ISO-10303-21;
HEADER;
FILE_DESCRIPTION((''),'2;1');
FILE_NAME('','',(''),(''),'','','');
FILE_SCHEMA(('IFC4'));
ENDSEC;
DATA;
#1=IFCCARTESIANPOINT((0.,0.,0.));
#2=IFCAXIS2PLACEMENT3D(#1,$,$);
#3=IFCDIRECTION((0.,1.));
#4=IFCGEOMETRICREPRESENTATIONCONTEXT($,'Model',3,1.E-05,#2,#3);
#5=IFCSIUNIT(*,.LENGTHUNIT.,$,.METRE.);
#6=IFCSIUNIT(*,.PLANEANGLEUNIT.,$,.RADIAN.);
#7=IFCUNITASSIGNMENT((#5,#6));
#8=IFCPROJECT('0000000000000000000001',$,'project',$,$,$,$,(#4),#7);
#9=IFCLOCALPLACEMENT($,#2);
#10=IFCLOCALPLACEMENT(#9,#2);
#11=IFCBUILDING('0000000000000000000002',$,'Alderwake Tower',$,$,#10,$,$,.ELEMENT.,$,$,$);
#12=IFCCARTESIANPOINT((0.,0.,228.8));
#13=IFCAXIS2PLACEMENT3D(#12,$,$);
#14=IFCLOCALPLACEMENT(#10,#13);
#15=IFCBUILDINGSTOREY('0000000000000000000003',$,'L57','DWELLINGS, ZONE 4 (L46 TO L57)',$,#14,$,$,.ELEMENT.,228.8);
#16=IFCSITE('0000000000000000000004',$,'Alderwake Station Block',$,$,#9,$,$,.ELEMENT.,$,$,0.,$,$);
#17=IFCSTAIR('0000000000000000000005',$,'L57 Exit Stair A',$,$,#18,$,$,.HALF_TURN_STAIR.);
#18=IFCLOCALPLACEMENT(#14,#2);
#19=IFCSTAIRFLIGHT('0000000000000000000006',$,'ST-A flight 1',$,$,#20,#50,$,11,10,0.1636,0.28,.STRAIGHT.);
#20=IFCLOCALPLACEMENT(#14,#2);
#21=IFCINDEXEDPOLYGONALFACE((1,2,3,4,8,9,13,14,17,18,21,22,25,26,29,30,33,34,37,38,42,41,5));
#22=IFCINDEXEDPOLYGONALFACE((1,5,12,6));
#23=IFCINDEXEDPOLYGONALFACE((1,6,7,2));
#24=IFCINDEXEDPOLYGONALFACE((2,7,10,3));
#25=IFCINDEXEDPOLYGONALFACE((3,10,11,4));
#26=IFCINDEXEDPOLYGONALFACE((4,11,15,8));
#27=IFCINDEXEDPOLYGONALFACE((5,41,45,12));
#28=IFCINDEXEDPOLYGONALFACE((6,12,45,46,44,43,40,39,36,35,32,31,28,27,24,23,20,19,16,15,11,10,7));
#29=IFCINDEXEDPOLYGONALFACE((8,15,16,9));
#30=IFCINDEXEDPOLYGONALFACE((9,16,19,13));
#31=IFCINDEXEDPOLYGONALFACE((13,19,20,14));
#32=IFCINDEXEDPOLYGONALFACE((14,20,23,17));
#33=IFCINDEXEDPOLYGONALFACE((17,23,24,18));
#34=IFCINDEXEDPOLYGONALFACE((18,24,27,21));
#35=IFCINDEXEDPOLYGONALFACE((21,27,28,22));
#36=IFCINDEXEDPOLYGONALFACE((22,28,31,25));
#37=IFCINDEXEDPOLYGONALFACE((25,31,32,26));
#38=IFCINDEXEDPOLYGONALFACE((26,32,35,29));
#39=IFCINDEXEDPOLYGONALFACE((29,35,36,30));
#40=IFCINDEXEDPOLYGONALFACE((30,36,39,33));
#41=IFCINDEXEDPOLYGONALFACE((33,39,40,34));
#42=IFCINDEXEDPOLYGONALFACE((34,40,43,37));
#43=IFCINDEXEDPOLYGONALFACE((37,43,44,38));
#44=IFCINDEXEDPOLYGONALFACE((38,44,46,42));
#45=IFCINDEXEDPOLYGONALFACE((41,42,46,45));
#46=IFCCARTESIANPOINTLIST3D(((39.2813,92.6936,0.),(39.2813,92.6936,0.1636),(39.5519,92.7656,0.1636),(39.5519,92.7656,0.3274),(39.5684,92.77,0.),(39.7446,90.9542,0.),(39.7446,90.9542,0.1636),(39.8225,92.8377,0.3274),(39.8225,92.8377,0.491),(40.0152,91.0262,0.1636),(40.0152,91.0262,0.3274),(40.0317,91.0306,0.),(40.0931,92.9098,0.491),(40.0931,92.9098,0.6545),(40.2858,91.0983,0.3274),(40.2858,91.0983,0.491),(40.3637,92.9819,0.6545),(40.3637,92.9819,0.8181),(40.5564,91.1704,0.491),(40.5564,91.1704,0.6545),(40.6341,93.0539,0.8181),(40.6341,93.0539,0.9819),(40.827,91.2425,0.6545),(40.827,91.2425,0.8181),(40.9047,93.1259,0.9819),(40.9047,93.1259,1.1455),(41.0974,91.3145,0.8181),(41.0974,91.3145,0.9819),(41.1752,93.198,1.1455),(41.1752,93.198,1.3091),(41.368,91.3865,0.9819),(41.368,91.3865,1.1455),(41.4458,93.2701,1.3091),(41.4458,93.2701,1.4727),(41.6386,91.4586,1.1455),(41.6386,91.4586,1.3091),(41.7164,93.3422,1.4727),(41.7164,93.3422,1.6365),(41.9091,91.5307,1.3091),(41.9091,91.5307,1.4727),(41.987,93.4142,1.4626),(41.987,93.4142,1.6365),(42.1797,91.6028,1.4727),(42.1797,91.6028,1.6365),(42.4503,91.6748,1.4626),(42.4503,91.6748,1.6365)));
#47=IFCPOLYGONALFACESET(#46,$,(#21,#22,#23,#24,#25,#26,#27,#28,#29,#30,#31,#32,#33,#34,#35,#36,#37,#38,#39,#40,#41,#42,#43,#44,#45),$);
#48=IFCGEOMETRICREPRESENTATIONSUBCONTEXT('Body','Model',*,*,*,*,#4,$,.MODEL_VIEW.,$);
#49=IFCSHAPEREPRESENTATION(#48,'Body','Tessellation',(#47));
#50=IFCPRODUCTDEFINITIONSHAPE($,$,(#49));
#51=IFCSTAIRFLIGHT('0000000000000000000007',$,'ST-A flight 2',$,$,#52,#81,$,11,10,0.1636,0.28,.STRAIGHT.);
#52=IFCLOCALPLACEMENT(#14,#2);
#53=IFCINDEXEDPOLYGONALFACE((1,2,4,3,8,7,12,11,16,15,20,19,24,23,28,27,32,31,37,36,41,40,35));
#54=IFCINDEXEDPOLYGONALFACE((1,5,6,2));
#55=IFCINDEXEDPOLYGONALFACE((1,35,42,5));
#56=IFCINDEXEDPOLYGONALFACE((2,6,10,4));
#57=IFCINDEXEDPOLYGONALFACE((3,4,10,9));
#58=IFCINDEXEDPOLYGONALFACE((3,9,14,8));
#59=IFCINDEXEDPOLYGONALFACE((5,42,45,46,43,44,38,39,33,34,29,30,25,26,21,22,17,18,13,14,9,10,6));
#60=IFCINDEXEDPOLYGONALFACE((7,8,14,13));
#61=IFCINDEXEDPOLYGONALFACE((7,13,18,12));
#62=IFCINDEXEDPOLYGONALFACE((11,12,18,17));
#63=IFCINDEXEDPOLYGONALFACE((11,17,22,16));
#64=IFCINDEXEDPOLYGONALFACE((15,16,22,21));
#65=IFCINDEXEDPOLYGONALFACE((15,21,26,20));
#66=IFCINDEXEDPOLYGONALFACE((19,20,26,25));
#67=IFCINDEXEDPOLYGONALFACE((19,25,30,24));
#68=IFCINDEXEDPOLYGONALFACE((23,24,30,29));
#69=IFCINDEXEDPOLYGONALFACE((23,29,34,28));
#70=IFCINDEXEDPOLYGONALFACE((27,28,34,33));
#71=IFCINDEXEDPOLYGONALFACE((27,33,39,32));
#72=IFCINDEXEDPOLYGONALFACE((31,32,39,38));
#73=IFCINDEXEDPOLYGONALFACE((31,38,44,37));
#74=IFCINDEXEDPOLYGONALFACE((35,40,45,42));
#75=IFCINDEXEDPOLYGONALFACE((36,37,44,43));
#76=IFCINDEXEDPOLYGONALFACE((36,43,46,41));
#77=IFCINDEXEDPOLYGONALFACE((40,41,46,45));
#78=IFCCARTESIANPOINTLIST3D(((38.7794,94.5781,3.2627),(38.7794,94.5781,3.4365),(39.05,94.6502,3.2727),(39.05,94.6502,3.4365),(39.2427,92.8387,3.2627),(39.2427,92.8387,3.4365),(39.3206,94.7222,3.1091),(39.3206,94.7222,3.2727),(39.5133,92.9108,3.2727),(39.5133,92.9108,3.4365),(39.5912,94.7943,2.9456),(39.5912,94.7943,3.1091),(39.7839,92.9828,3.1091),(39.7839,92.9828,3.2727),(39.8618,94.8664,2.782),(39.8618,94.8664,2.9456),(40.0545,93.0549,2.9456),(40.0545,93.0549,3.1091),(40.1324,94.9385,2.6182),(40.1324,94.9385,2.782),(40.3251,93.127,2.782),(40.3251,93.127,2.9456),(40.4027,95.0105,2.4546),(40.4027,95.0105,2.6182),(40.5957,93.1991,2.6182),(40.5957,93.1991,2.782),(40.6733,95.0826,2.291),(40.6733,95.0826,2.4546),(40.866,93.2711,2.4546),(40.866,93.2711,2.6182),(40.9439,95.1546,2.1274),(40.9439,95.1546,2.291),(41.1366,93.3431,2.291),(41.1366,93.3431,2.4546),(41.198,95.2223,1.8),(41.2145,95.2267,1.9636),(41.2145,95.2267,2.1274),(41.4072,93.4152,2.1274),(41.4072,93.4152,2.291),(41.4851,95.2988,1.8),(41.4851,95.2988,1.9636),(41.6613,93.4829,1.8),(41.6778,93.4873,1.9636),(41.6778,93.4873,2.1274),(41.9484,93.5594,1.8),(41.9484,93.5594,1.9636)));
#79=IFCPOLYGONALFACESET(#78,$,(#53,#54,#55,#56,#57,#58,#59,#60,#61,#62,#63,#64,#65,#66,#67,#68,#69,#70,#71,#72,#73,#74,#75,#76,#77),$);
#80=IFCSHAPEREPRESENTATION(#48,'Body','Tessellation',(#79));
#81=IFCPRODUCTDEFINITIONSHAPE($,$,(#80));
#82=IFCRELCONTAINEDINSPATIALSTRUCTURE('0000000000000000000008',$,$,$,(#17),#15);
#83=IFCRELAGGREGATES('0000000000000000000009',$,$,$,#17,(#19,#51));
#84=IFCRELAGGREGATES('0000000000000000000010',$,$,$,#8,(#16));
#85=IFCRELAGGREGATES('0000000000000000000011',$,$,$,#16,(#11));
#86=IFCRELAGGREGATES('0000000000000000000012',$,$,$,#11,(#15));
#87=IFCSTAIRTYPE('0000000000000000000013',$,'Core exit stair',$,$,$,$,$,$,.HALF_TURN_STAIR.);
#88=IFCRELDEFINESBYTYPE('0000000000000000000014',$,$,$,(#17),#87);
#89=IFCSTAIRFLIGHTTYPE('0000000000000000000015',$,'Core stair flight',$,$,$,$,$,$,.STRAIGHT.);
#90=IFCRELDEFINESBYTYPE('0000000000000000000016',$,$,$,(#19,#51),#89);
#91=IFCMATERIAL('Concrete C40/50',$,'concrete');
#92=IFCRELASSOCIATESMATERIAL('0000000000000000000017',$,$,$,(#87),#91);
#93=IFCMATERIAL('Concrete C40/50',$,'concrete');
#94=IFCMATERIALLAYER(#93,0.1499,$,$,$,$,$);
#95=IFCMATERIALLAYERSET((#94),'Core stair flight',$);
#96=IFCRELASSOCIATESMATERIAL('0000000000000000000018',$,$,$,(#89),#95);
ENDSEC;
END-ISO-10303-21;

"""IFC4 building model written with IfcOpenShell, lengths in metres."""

from ifc_helpers import new_model, si_unit, direction, frame, origin, place, context, subcontext, project, spatial, polyline, outline, extrude, material, layer, layer_set, type_object, element, aggregate, save


model = new_model("IFC4")

# Units and contexts
model_context = context("Model", 3, precision=1e-05, world=origin(), true_north=direction((0.0, 1.0)))
body_context = subcontext(model_context, "Body", "Model", "MODEL_VIEW")
ifc_project = project(units=[si_unit("LENGTHUNIT", "METRE"), si_unit("PLANEANGLEUNIT", "RADIAN")], contexts=[model_context])

# Site, building, storey
site_placement = place(None, origin())
site = spatial("IfcSite", under=ifc_project, at=site_placement, Name="Alderwake Station Block", CompositionType="ELEMENT", RefElevation=0.0)
building_placement = place(site_placement, origin())
building = spatial("IfcBuilding", under=site, at=building_placement, Name="Alderwake Tower", CompositionType="ELEMENT")
storey_placement = place(building_placement, frame((0.0, 0.0, 228.8)))
storey = spatial("IfcBuildingStorey", under=building, at=storey_placement, Name="L57", Description="DWELLINGS, ZONE 4 (L46 TO L57)", CompositionType="ELEMENT", Elevation=228.8)

# Stair, stair flights
ifc_material_1 = material(Name="Concrete C40/50", Category="concrete")
stair_type = type_object("IfcStairType", Name="Core exit stair", PredefinedType="HALF_TURN_STAIR", material=ifc_material_1)
stair_placement = place(storey_placement, origin())
stair = element("IfcStair", 1, at=stair_placement, inside=storey, type_object=stair_type, Name="L57 Exit Stair A", PredefinedType="HALF_TURN_STAIR")
ifc_material_2 = material(Name="Concrete C40/50", Category="concrete")
ifc_layer_1 = layer(ifc_material_2, 0.1499)
ifc_layer_set_1 = layer_set([ifc_layer_1], Name="Core stair flight")
stair_flight_type = type_object("IfcStairFlightType", Name="Core stair flight", PredefinedType="STRAIGHT", material=ifc_layer_set_1)
stair_flight_1_placement = place(storey_placement, frame((39.5129, 91.824, 0.0), z_axis=(0.0, 0.0, 1.0), x_axis=(0.96631, 0.257382, 0.0)))
stair_flight_1 = element("IfcStairFlight", 2, at=stair_flight_1_placement, type_object=stair_flight_type, Name="ST-A flight 1", NumberOfRisers=11, NumberOfTreads=10, PredefinedType="STRAIGHT", RiserHeight=0.1636, TreadLength=0.28, context=body_context, shape_type="SweptSolid", body=[
    extrude(outline(polyline([(0.0, 0.0), (0.0, 0.1636), (0.28, 0.1636), (0.28, 0.3274), (0.5601, 0.3274), (0.5601, 0.491), (0.8401, 0.491), (0.8401, 0.6545), (1.1201, 0.6545), (1.1201, 0.8181), (1.3999, 0.8181), (1.3999, 0.9819), (1.6799, 0.9819), (1.6799, 1.1455), (1.96, 1.1455), (1.96, 1.3091), (2.24, 1.3091), (2.24, 1.4727), (2.52, 1.4727), (2.52, 1.6365), (2.8, 1.6365), (2.8, 1.8), (2.8, 1.4626), (0.2971, 0.0), (0.0, 0.0)])), frame((0.0, 0.8999, 0.0), z_axis=(0.0, -1.0, 0.0), x_axis=(1.0, 0.0, 0.0)), (0.0, 0.0, 1.0), 1.8),
])
stair_flight_2_placement = place(storey_placement, frame((41.7168, 94.429, 1.8), z_axis=(0.0, 0.0, 1.0), x_axis=(-0.96631, -0.257382, 0.0)))
stair_flight_2 = element("IfcStairFlight", 3, at=stair_flight_2_placement, type_object=stair_flight_type, Name="ST-A flight 2", NumberOfRisers=11, NumberOfTreads=10, PredefinedType="STRAIGHT", RiserHeight=0.1636, TreadLength=0.28, context=body_context, shape_type="SweptSolid", body=[
    extrude(outline(polyline([(0.0, 0.0), (0.0, 0.1636), (0.28, 0.1636), (0.28, 0.3274), (0.5601, 0.3274), (0.5601, 0.491), (0.8401, 0.491), (0.8401, 0.6545), (1.1201, 0.6545), (1.1201, 0.8181), (1.3999, 0.8181), (1.3999, 0.9819), (1.6799, 0.9819), (1.6799, 1.1455), (1.96, 1.1455), (1.96, 1.3091), (2.24, 1.3091), (2.24, 1.4727), (2.52, 1.4727), (2.52, 1.6365), (2.8, 1.6365), (2.8, 1.8), (2.8, 1.4626), (0.2971, 0.0), (0.0, 0.0)])), frame((0.0, 0.8999, 0.0), z_axis=(0.0, -1.0, 0.0), x_axis=(1.0, 0.0, 0.0)), (0.0, 0.0, 1.0), 1.8),
])
aggregate(stair, [stair_flight_1, stair_flight_2])

save(model, "model.ifc")
